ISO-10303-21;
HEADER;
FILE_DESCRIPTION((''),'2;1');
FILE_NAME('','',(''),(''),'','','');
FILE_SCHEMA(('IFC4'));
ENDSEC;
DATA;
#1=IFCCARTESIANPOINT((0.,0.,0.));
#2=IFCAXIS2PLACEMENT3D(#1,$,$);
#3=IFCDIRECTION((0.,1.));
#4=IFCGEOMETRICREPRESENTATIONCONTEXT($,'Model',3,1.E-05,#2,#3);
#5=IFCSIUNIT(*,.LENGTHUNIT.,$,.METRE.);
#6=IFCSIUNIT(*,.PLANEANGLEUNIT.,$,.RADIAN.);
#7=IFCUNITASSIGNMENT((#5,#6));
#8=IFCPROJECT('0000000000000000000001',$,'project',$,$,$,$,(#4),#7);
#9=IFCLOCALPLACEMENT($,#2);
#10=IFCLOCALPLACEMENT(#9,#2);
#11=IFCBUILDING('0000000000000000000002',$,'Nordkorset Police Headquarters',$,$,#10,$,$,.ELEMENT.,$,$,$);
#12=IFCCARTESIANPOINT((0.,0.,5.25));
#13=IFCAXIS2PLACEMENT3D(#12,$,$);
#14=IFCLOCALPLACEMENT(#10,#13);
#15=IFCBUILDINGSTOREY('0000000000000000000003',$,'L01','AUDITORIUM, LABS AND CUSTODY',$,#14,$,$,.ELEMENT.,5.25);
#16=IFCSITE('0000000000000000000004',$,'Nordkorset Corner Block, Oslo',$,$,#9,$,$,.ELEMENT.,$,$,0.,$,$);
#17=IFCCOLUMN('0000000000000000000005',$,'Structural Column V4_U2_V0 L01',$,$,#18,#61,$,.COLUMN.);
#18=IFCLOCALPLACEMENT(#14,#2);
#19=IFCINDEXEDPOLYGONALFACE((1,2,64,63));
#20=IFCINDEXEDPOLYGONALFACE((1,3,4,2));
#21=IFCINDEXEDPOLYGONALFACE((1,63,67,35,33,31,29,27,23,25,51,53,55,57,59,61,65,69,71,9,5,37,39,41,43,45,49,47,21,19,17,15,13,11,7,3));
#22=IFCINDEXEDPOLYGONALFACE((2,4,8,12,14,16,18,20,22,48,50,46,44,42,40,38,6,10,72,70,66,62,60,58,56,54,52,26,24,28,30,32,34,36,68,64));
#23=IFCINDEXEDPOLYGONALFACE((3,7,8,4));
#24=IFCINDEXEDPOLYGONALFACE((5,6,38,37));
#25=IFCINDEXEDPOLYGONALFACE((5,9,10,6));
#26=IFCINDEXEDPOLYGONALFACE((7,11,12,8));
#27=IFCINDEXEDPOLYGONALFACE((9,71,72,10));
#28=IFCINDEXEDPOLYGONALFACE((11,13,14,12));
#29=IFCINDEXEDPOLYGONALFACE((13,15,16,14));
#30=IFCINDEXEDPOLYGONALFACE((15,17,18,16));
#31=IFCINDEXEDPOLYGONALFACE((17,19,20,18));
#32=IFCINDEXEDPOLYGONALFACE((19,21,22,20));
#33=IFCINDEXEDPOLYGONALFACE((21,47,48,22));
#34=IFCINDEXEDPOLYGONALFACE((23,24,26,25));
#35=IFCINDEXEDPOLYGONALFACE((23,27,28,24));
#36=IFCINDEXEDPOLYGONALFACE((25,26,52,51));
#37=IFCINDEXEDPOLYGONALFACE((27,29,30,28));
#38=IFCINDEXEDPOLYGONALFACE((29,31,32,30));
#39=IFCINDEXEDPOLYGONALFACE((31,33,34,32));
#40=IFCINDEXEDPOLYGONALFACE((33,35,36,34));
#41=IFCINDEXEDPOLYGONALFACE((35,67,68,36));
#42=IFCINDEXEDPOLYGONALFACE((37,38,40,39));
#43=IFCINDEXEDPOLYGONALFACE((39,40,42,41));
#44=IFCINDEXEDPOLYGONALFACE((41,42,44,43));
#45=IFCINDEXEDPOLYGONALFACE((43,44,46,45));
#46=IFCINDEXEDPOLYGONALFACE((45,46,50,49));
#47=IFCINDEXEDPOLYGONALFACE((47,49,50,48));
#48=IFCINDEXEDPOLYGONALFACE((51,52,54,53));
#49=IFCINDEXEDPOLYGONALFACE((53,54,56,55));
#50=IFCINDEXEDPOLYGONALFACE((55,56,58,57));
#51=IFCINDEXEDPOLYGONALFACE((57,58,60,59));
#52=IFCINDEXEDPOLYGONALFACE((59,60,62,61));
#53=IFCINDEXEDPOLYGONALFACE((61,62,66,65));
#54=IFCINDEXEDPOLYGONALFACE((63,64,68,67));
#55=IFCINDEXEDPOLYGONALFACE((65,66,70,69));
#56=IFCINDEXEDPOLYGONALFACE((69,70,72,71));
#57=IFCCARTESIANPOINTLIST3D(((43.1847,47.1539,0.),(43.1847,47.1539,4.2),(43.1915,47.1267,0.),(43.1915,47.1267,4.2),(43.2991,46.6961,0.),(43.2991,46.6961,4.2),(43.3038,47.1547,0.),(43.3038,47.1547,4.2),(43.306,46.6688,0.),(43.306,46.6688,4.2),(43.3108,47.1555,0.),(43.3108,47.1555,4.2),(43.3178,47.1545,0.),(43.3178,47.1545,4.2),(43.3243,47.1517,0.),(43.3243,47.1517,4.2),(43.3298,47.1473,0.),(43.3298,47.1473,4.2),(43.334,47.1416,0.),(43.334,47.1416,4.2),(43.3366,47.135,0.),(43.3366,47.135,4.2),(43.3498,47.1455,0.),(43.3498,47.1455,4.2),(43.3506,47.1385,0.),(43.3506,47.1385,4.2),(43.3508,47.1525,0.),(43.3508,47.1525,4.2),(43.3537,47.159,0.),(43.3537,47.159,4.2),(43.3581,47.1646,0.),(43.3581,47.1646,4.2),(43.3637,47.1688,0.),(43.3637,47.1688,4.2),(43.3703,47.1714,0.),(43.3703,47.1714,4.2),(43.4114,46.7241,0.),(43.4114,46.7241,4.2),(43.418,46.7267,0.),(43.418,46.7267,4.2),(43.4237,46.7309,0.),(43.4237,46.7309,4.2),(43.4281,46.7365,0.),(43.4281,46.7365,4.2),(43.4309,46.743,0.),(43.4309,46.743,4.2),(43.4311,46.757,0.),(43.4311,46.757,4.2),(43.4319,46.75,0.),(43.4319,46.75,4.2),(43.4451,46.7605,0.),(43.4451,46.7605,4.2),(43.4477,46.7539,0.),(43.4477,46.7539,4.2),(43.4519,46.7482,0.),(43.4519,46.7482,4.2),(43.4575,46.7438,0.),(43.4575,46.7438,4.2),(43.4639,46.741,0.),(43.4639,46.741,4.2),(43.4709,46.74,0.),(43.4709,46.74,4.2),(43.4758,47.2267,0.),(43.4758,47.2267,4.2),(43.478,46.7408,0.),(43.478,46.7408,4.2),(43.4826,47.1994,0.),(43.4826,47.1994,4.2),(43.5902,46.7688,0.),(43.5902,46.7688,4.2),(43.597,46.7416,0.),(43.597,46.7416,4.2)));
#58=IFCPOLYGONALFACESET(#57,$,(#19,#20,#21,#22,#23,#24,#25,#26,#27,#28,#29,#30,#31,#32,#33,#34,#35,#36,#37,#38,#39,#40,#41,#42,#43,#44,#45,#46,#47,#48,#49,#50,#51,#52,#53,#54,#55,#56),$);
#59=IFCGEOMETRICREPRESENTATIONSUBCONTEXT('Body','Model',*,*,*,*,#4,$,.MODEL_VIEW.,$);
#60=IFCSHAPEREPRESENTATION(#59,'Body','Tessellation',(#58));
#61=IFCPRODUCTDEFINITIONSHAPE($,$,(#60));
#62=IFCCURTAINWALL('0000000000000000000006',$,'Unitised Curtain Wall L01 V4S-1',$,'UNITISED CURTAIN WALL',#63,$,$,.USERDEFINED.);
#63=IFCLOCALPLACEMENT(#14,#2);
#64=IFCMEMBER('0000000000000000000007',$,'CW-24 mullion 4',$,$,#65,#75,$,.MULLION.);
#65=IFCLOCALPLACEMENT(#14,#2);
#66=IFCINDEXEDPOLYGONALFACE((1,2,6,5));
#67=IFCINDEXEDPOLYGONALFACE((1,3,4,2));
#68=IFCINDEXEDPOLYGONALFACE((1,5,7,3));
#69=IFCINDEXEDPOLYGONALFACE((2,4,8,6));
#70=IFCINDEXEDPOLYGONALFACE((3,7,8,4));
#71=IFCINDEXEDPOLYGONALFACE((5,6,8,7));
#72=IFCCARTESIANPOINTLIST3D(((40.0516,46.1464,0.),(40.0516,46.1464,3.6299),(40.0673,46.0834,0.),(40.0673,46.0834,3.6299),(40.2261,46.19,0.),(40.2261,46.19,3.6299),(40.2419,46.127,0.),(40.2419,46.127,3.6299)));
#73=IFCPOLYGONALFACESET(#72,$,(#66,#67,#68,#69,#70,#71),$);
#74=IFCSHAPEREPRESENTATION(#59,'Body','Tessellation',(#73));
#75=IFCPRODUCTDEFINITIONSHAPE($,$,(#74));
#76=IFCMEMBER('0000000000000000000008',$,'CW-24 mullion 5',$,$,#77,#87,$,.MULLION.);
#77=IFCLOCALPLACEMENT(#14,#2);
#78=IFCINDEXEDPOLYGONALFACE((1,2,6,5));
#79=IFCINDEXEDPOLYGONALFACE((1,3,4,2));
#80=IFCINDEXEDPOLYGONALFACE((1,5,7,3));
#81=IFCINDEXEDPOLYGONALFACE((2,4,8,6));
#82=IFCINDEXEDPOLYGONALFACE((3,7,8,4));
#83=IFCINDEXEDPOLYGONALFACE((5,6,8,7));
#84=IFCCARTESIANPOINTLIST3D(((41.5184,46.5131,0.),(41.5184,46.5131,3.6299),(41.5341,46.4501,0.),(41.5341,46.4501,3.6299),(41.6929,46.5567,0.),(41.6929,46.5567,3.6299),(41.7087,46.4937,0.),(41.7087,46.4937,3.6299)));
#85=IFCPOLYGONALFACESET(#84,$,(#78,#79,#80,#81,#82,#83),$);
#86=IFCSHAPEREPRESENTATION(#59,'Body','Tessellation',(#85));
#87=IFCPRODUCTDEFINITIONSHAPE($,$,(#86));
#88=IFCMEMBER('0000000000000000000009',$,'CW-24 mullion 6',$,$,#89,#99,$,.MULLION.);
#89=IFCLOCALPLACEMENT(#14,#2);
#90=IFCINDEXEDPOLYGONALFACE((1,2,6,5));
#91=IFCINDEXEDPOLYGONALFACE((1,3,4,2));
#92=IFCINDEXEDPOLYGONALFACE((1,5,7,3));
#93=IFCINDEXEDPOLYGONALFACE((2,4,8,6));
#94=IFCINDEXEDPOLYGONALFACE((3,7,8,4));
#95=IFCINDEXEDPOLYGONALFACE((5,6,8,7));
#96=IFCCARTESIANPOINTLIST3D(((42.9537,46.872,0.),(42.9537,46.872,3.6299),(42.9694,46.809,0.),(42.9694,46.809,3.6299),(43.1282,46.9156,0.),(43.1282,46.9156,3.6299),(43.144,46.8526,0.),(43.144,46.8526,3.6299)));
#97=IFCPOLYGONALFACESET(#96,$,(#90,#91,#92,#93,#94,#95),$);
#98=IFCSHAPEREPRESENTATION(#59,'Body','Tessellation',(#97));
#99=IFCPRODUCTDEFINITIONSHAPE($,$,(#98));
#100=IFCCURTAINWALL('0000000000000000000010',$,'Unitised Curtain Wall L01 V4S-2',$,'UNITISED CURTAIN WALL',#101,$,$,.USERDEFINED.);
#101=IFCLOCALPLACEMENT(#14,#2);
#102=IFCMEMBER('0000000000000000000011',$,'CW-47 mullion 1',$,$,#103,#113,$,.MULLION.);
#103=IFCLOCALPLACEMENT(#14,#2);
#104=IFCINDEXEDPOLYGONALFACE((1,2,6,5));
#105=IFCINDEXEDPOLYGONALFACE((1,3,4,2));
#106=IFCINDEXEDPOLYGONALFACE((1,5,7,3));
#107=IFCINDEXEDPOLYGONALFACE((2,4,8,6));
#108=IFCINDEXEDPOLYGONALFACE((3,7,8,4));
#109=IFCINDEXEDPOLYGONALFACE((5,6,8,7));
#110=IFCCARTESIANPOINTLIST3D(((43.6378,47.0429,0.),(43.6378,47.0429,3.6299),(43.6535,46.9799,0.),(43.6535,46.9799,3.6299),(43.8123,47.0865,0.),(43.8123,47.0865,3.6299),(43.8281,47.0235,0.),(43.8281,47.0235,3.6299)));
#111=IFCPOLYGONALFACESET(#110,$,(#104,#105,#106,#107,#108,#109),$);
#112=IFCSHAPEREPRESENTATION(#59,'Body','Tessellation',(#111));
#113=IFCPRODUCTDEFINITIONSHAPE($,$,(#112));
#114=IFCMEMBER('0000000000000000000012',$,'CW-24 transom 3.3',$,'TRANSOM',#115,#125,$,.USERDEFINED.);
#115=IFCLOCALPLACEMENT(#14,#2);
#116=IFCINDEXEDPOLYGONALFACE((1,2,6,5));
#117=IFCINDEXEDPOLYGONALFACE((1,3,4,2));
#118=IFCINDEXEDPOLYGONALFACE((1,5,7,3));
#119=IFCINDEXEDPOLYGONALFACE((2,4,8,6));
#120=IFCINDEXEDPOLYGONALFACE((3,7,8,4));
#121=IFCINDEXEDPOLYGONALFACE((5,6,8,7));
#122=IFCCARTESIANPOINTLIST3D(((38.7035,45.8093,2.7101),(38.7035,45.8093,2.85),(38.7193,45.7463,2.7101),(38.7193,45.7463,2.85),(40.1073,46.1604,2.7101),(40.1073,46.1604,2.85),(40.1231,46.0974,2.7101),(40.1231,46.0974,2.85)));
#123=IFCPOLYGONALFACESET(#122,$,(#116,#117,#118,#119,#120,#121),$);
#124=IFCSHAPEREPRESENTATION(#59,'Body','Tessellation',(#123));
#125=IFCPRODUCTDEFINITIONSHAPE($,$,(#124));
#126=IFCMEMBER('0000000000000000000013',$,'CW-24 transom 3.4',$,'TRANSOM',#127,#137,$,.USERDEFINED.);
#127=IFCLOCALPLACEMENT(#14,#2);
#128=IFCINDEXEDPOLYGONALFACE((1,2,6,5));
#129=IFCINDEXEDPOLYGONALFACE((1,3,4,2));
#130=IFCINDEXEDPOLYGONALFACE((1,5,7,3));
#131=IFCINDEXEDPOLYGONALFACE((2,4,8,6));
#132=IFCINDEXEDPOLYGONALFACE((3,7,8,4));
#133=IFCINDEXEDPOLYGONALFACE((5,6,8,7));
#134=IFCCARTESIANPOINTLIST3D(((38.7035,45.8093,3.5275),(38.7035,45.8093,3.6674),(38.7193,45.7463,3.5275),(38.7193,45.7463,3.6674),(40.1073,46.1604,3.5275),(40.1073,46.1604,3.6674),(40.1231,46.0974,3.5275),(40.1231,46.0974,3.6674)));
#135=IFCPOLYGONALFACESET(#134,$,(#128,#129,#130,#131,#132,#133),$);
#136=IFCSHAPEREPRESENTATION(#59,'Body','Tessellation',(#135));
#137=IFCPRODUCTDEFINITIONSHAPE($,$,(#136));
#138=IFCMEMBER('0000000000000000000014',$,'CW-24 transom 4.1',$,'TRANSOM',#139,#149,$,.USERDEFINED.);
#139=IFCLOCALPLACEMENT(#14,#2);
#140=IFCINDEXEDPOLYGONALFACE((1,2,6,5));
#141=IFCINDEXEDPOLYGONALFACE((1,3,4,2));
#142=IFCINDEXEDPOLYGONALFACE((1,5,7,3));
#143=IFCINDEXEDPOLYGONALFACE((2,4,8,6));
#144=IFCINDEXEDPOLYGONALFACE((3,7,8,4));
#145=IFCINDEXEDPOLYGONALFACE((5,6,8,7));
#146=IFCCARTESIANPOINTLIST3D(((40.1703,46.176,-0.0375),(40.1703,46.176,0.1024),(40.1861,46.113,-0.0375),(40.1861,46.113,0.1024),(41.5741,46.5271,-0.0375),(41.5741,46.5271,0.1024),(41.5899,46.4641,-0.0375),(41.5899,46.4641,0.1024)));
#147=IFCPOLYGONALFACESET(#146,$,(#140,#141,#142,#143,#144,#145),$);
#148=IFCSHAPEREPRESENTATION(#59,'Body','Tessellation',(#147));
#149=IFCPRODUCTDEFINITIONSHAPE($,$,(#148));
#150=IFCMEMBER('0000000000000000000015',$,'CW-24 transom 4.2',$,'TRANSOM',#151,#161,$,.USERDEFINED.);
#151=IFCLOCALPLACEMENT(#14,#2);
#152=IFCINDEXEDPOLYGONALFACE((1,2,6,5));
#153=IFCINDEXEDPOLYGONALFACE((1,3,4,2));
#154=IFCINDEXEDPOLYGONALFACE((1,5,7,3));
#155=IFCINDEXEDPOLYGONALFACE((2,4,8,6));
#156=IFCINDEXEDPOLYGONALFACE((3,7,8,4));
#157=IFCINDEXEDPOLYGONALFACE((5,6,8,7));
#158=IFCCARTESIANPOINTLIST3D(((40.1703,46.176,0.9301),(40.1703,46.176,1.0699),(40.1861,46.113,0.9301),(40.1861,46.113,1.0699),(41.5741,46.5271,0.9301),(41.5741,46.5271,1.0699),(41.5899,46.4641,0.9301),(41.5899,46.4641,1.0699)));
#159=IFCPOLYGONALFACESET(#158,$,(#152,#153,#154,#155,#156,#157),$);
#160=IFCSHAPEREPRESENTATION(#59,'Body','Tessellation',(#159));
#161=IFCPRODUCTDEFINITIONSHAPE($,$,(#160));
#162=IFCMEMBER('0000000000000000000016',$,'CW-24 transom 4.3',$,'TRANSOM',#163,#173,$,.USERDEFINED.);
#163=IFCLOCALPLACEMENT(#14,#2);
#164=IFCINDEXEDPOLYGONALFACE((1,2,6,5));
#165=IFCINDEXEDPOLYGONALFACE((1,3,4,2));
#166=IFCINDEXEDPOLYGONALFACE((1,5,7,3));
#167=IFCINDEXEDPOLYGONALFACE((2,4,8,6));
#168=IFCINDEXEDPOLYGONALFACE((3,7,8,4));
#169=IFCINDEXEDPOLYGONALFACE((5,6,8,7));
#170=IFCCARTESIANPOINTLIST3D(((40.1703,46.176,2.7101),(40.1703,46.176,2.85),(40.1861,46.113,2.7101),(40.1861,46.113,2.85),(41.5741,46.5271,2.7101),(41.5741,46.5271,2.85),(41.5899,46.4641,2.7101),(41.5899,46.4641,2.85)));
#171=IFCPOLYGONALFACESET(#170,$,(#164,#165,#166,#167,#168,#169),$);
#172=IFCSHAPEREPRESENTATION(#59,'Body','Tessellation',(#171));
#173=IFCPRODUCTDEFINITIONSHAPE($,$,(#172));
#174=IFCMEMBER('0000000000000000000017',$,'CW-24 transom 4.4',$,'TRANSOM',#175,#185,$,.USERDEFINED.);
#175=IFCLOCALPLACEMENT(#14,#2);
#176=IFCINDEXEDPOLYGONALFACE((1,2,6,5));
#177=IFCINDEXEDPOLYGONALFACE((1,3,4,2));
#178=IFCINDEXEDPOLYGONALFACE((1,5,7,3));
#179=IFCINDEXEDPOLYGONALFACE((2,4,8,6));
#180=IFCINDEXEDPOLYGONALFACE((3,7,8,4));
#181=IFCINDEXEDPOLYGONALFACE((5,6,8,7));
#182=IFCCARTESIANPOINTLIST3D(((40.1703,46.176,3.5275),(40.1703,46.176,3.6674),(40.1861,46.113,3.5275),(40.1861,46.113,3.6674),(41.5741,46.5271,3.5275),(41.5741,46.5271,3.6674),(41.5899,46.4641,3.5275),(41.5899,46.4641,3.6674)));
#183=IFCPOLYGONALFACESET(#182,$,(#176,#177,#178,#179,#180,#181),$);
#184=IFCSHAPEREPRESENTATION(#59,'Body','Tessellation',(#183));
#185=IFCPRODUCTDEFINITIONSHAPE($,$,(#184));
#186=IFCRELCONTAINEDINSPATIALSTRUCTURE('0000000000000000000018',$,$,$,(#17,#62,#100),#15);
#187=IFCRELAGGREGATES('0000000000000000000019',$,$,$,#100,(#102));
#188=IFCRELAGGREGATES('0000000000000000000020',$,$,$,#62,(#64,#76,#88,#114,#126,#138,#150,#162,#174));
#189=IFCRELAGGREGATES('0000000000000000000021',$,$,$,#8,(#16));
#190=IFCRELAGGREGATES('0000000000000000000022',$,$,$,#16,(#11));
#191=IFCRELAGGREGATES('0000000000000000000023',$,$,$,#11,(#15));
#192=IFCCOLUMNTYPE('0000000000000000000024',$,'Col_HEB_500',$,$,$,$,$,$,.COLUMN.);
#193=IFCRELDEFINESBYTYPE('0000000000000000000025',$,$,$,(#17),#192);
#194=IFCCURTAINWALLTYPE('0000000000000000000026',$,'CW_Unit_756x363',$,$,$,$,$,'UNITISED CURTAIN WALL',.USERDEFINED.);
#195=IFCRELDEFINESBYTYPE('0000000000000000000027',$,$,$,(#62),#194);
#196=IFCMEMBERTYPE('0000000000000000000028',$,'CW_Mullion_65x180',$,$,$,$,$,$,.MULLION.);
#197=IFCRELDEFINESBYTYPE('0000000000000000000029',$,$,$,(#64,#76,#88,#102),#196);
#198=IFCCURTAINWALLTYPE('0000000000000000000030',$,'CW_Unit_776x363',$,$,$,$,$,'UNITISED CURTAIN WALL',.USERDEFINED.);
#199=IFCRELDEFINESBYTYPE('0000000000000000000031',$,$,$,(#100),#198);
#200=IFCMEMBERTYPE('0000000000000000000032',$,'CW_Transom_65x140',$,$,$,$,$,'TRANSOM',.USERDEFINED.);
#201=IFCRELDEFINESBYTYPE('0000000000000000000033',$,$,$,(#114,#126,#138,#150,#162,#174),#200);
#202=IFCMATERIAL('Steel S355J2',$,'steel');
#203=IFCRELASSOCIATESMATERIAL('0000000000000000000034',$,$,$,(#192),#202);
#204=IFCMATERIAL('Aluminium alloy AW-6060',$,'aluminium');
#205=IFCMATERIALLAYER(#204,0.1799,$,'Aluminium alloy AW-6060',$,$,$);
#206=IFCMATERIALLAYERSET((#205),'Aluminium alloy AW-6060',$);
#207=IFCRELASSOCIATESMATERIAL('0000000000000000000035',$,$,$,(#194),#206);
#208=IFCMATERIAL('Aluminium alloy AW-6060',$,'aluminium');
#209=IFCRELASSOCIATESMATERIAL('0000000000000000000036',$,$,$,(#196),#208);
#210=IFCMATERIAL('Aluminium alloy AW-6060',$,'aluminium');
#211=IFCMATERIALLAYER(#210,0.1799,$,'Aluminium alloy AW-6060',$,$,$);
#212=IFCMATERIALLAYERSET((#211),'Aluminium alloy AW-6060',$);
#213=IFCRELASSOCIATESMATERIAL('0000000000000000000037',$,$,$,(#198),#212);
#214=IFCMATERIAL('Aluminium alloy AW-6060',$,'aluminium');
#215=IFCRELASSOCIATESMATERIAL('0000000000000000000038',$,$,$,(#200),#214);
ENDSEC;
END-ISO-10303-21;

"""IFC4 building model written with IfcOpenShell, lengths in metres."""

from ifc_helpers import new_model, si_unit, direction, frame, origin, origin_2d, place, context, subcontext, project, spatial, rectangle, i_section, extrude, material, layer, layer_set, material_profile, profile_set, type_object, element, aggregate, save


model = new_model("IFC4")

# Units and contexts
model_context = context("Model", 3, precision=1e-05, world=origin(), true_north=direction((0.0, 1.0)))
body_context = subcontext(model_context, "Body", "Model", "MODEL_VIEW")
ifc_project = project(units=[si_unit("LENGTHUNIT", "METRE"), si_unit("PLANEANGLEUNIT", "RADIAN")], contexts=[model_context])

# Site, building, storey
site_placement = place(None, origin())
site = spatial("IfcSite", under=ifc_project, at=site_placement, Name="Nordkorset Corner Block, Oslo", CompositionType="ELEMENT", RefElevation=0.0)
building_placement = place(site_placement, origin())
building = spatial("IfcBuilding", under=site, at=building_placement, Name="Nordkorset Police Headquarters", CompositionType="ELEMENT")
storey_placement = place(building_placement, frame((0.0, 0.0, 5.25)))
storey = spatial("IfcBuildingStorey", under=building, at=storey_placement, Name="L01", Description="AUDITORIUM, LABS AND CUSTODY", CompositionType="ELEMENT", Elevation=5.25)

# Column
ifc_material_1 = material(Name="Steel S355J2", Category="steel")
ifc_material_profile_1 = material_profile(ifc_material_1, i_section(OverallWidth=0.3, OverallDepth=0.5, WebThickness=0.0144, FlangeThickness=0.0281, FilletRadius=0.0271, at=origin_2d()), Name="HEB 500")
ifc_profile_set_1 = profile_set([ifc_material_profile_1], Name="Steel S355J2")
column_type = type_object("IfcColumnType", Name="Col_HEB_500", PredefinedType="COLUMN", material=ifc_profile_set_1)
column_placement = place(storey_placement, frame((43.3909, 46.9478, 0.0), z_axis=(0.0, 0.0, 1.0), x_axis=(0.970143, 0.242536, 0.0)))
element("IfcColumn", 1, at=column_placement, inside=storey, type_object=column_type, Name="Structural Column V4_U2_V0 L01", PredefinedType="COLUMN", context=body_context, shape_type="SweptSolid", body=[
    extrude(i_section(OverallWidth=0.3, OverallDepth=0.5, WebThickness=0.0144, FlangeThickness=0.0281, FilletRadius=0.0271, at=origin_2d()), origin(), (0.0, 0.0, 1.0), 4.2),
])

# Curtain wall, members
ifc_material_2 = material(Name="Aluminium alloy AW-6060", Category="aluminium")
ifc_layer_1 = layer(ifc_material_2, 0.1799, Name="Aluminium alloy AW-6060")
ifc_layer_set_1 = layer_set([ifc_layer_1], Name="Aluminium alloy AW-6060")
curtain_wall_type_1 = type_object("IfcCurtainWallType", Name="CW_Unit_756x363", ElementType="UNITISED CURTAIN WALL", PredefinedType="USERDEFINED", material=ifc_layer_set_1)
curtain_wall_1_placement = place(storey_placement, origin())
curtain_wall_1 = element("IfcCurtainWall", 2, at=curtain_wall_1_placement, inside=storey, type_object=curtain_wall_type_1, Name="Unitised Curtain Wall L01 V4S-1", ObjectType="UNITISED CURTAIN WALL", PredefinedType="USERDEFINED")
ifc_material_3 = material(Name="Aluminium alloy AW-6060", Category="aluminium")
ifc_material_profile_2 = material_profile(ifc_material_3, rectangle(XDim=0.0649, YDim=0.1799, at=origin_2d()), Name="ALU MULL 65x180")
ifc_profile_set_2 = profile_set([ifc_material_profile_2], Name="Aluminium alloy AW-6060")
member_type_1 = type_object("IfcMemberType", Name="CW_Mullion_65x180", PredefinedType="MULLION", material=ifc_profile_set_2)
member_1_placement = place(storey_placement, frame((40.1467, 46.1367, 0.0), z_axis=(0.0, 0.0, 1.0), x_axis=(-0.242536, 0.970143, 0.0)))
member_1 = element("IfcMember", 3, at=member_1_placement, type_object=member_type_1, Name="CW-24 mullion 4", PredefinedType="MULLION", context=body_context, shape_type="SweptSolid", body=[
    extrude(rectangle(XDim=0.0649, YDim=0.1799, at=origin_2d()), origin(), (0.0, 0.0, 1.0), 3.6299),
])
member_2_placement = place(storey_placement, frame((41.6135, 46.5034, 0.0), z_axis=(0.0, 0.0, 1.0), x_axis=(-0.242536, 0.970143, 0.0)))
member_2 = element("IfcMember", 4, at=member_2_placement, type_object=member_type_1, Name="CW-24 mullion 5", PredefinedType="MULLION", context=body_context, shape_type="SweptSolid", body=[
    extrude(rectangle(XDim=0.0649, YDim=0.1799, at=origin_2d()), origin(), (0.0, 0.0, 1.0), 3.6299),
])
member_3_placement = place(storey_placement, frame((43.0488, 46.8623, 0.0), z_axis=(0.0, 0.0, 1.0), x_axis=(-0.242536, 0.970143, 0.0)))
member_3 = element("IfcMember", 5, at=member_3_placement, type_object=member_type_1, Name="CW-24 mullion 6", PredefinedType="MULLION", context=body_context, shape_type="SweptSolid", body=[
    extrude(rectangle(XDim=0.0649, YDim=0.1799, at=origin_2d()), origin(), (0.0, 0.0, 1.0), 3.6299),
])

# Curtain wall, member
ifc_material_4 = material(Name="Aluminium alloy AW-6060", Category="aluminium")
ifc_layer_2 = layer(ifc_material_4, 0.1799, Name="Aluminium alloy AW-6060")
ifc_layer_set_2 = layer_set([ifc_layer_2], Name="Aluminium alloy AW-6060")
curtain_wall_type_2 = type_object("IfcCurtainWallType", Name="CW_Unit_776x363", ElementType="UNITISED CURTAIN WALL", PredefinedType="USERDEFINED", material=ifc_layer_set_2)
curtain_wall_2_placement = place(storey_placement, origin())
curtain_wall_2 = element("IfcCurtainWall", 6, at=curtain_wall_2_placement, inside=storey, type_object=curtain_wall_type_2, Name="Unitised Curtain Wall L01 V4S-2", ObjectType="UNITISED CURTAIN WALL", PredefinedType="USERDEFINED")
member_4_placement = place(storey_placement, frame((43.7329, 47.0332, 0.0), z_axis=(0.0, 0.0, 1.0), x_axis=(-0.242535, 0.970143, 0.0)))
member_4 = element("IfcMember", 7, at=member_4_placement, type_object=member_type_1, Name="CW-47 mullion 1", PredefinedType="MULLION", context=body_context, shape_type="SweptSolid", body=[
    extrude(rectangle(XDim=0.0649, YDim=0.1799, at=origin_2d()), origin(), (0.0, 0.0, 1.0), 3.6299),
])
aggregate(curtain_wall_2, [member_4])

# Members
ifc_material_5 = material(Name="Aluminium alloy AW-6060", Category="aluminium")
ifc_material_profile_3 = material_profile(ifc_material_5, rectangle(XDim=0.0649, YDim=0.1399, at=origin_2d()), Name="ALU TRAN 65x140")
ifc_profile_set_3 = profile_set([ifc_material_profile_3], Name="Aluminium alloy AW-6060")
member_type_2 = type_object("IfcMemberType", Name="CW_Transom_65x140", ElementType="TRANSOM", PredefinedType="USERDEFINED", material=ifc_profile_set_3)
member_5_placement = place(storey_placement, frame((38.7114, 45.7778, 2.78), z_axis=(0.970123, 0.242615, 0.0), x_axis=(-0.242615, 0.970123, 0.0)))
member_5 = element("IfcMember", 8, at=member_5_placement, type_object=member_type_2, Name="CW-24 transom 3.3", ObjectType="TRANSOM", PredefinedType="USERDEFINED", context=body_context, shape_type="SweptSolid", body=[
    extrude(rectangle(XDim=0.0649, YDim=0.1399, at=origin_2d()), origin(), (0.0, 0.0, 1.0), 1.447),
])
member_6_placement = place(storey_placement, frame((38.7114, 45.7778, 3.5974), z_axis=(0.970123, 0.242615, 0.0), x_axis=(-0.242615, 0.970123, 0.0)))
member_6 = element("IfcMember", 9, at=member_6_placement, type_object=member_type_2, Name="CW-24 transom 3.4", ObjectType="TRANSOM", PredefinedType="USERDEFINED", context=body_context, shape_type="SweptSolid", body=[
    extrude(rectangle(XDim=0.0649, YDim=0.1399, at=origin_2d()), origin(), (0.0, 0.0, 1.0), 1.447),
])
member_7_placement = place(storey_placement, frame((40.1782, 46.1445, 0.0325), z_axis=(0.970123, 0.242615, 0.0), x_axis=(-0.242615, 0.970123, 0.0)))
member_7 = element("IfcMember", 10, at=member_7_placement, type_object=member_type_2, Name="CW-24 transom 4.1", ObjectType="TRANSOM", PredefinedType="USERDEFINED", context=body_context, shape_type="SweptSolid", body=[
    extrude(rectangle(XDim=0.0649, YDim=0.1399, at=origin_2d()), origin(), (0.0, 0.0, 1.0), 1.447),
])
member_8_placement = place(storey_placement, frame((40.1782, 46.1445, 1.0), z_axis=(0.970123, 0.242615, 0.0), x_axis=(-0.242615, 0.970123, 0.0)))
member_8 = element("IfcMember", 11, at=member_8_placement, type_object=member_type_2, Name="CW-24 transom 4.2", ObjectType="TRANSOM", PredefinedType="USERDEFINED", context=body_context, shape_type="SweptSolid", body=[
    extrude(rectangle(XDim=0.0649, YDim=0.1399, at=origin_2d()), origin(), (0.0, 0.0, 1.0), 1.447),
])
member_9_placement = place(storey_placement, frame((40.1782, 46.1445, 2.78), z_axis=(0.970123, 0.242615, 0.0), x_axis=(-0.242615, 0.970123, 0.0)))
member_9 = element("IfcMember", 12, at=member_9_placement, type_object=member_type_2, Name="CW-24 transom 4.3", ObjectType="TRANSOM", PredefinedType="USERDEFINED", context=body_context, shape_type="SweptSolid", body=[
    extrude(rectangle(XDim=0.0649, YDim=0.1399, at=origin_2d()), origin(), (0.0, 0.0, 1.0), 1.447),
])
member_10_placement = place(storey_placement, frame((40.1782, 46.1445, 3.5974), z_axis=(0.970123, 0.242615, 0.0), x_axis=(-0.242615, 0.970123, 0.0)))
member_10 = element("IfcMember", 13, at=member_10_placement, type_object=member_type_2, Name="CW-24 transom 4.4", ObjectType="TRANSOM", PredefinedType="USERDEFINED", context=body_context, shape_type="SweptSolid", body=[
    extrude(rectangle(XDim=0.0649, YDim=0.1399, at=origin_2d()), origin(), (0.0, 0.0, 1.0), 1.447),
])

aggregate(curtain_wall_1, [member_1, member_2, member_3, member_5, member_6, member_7, member_8, member_9, member_10])

save(model, "model.ifc")
